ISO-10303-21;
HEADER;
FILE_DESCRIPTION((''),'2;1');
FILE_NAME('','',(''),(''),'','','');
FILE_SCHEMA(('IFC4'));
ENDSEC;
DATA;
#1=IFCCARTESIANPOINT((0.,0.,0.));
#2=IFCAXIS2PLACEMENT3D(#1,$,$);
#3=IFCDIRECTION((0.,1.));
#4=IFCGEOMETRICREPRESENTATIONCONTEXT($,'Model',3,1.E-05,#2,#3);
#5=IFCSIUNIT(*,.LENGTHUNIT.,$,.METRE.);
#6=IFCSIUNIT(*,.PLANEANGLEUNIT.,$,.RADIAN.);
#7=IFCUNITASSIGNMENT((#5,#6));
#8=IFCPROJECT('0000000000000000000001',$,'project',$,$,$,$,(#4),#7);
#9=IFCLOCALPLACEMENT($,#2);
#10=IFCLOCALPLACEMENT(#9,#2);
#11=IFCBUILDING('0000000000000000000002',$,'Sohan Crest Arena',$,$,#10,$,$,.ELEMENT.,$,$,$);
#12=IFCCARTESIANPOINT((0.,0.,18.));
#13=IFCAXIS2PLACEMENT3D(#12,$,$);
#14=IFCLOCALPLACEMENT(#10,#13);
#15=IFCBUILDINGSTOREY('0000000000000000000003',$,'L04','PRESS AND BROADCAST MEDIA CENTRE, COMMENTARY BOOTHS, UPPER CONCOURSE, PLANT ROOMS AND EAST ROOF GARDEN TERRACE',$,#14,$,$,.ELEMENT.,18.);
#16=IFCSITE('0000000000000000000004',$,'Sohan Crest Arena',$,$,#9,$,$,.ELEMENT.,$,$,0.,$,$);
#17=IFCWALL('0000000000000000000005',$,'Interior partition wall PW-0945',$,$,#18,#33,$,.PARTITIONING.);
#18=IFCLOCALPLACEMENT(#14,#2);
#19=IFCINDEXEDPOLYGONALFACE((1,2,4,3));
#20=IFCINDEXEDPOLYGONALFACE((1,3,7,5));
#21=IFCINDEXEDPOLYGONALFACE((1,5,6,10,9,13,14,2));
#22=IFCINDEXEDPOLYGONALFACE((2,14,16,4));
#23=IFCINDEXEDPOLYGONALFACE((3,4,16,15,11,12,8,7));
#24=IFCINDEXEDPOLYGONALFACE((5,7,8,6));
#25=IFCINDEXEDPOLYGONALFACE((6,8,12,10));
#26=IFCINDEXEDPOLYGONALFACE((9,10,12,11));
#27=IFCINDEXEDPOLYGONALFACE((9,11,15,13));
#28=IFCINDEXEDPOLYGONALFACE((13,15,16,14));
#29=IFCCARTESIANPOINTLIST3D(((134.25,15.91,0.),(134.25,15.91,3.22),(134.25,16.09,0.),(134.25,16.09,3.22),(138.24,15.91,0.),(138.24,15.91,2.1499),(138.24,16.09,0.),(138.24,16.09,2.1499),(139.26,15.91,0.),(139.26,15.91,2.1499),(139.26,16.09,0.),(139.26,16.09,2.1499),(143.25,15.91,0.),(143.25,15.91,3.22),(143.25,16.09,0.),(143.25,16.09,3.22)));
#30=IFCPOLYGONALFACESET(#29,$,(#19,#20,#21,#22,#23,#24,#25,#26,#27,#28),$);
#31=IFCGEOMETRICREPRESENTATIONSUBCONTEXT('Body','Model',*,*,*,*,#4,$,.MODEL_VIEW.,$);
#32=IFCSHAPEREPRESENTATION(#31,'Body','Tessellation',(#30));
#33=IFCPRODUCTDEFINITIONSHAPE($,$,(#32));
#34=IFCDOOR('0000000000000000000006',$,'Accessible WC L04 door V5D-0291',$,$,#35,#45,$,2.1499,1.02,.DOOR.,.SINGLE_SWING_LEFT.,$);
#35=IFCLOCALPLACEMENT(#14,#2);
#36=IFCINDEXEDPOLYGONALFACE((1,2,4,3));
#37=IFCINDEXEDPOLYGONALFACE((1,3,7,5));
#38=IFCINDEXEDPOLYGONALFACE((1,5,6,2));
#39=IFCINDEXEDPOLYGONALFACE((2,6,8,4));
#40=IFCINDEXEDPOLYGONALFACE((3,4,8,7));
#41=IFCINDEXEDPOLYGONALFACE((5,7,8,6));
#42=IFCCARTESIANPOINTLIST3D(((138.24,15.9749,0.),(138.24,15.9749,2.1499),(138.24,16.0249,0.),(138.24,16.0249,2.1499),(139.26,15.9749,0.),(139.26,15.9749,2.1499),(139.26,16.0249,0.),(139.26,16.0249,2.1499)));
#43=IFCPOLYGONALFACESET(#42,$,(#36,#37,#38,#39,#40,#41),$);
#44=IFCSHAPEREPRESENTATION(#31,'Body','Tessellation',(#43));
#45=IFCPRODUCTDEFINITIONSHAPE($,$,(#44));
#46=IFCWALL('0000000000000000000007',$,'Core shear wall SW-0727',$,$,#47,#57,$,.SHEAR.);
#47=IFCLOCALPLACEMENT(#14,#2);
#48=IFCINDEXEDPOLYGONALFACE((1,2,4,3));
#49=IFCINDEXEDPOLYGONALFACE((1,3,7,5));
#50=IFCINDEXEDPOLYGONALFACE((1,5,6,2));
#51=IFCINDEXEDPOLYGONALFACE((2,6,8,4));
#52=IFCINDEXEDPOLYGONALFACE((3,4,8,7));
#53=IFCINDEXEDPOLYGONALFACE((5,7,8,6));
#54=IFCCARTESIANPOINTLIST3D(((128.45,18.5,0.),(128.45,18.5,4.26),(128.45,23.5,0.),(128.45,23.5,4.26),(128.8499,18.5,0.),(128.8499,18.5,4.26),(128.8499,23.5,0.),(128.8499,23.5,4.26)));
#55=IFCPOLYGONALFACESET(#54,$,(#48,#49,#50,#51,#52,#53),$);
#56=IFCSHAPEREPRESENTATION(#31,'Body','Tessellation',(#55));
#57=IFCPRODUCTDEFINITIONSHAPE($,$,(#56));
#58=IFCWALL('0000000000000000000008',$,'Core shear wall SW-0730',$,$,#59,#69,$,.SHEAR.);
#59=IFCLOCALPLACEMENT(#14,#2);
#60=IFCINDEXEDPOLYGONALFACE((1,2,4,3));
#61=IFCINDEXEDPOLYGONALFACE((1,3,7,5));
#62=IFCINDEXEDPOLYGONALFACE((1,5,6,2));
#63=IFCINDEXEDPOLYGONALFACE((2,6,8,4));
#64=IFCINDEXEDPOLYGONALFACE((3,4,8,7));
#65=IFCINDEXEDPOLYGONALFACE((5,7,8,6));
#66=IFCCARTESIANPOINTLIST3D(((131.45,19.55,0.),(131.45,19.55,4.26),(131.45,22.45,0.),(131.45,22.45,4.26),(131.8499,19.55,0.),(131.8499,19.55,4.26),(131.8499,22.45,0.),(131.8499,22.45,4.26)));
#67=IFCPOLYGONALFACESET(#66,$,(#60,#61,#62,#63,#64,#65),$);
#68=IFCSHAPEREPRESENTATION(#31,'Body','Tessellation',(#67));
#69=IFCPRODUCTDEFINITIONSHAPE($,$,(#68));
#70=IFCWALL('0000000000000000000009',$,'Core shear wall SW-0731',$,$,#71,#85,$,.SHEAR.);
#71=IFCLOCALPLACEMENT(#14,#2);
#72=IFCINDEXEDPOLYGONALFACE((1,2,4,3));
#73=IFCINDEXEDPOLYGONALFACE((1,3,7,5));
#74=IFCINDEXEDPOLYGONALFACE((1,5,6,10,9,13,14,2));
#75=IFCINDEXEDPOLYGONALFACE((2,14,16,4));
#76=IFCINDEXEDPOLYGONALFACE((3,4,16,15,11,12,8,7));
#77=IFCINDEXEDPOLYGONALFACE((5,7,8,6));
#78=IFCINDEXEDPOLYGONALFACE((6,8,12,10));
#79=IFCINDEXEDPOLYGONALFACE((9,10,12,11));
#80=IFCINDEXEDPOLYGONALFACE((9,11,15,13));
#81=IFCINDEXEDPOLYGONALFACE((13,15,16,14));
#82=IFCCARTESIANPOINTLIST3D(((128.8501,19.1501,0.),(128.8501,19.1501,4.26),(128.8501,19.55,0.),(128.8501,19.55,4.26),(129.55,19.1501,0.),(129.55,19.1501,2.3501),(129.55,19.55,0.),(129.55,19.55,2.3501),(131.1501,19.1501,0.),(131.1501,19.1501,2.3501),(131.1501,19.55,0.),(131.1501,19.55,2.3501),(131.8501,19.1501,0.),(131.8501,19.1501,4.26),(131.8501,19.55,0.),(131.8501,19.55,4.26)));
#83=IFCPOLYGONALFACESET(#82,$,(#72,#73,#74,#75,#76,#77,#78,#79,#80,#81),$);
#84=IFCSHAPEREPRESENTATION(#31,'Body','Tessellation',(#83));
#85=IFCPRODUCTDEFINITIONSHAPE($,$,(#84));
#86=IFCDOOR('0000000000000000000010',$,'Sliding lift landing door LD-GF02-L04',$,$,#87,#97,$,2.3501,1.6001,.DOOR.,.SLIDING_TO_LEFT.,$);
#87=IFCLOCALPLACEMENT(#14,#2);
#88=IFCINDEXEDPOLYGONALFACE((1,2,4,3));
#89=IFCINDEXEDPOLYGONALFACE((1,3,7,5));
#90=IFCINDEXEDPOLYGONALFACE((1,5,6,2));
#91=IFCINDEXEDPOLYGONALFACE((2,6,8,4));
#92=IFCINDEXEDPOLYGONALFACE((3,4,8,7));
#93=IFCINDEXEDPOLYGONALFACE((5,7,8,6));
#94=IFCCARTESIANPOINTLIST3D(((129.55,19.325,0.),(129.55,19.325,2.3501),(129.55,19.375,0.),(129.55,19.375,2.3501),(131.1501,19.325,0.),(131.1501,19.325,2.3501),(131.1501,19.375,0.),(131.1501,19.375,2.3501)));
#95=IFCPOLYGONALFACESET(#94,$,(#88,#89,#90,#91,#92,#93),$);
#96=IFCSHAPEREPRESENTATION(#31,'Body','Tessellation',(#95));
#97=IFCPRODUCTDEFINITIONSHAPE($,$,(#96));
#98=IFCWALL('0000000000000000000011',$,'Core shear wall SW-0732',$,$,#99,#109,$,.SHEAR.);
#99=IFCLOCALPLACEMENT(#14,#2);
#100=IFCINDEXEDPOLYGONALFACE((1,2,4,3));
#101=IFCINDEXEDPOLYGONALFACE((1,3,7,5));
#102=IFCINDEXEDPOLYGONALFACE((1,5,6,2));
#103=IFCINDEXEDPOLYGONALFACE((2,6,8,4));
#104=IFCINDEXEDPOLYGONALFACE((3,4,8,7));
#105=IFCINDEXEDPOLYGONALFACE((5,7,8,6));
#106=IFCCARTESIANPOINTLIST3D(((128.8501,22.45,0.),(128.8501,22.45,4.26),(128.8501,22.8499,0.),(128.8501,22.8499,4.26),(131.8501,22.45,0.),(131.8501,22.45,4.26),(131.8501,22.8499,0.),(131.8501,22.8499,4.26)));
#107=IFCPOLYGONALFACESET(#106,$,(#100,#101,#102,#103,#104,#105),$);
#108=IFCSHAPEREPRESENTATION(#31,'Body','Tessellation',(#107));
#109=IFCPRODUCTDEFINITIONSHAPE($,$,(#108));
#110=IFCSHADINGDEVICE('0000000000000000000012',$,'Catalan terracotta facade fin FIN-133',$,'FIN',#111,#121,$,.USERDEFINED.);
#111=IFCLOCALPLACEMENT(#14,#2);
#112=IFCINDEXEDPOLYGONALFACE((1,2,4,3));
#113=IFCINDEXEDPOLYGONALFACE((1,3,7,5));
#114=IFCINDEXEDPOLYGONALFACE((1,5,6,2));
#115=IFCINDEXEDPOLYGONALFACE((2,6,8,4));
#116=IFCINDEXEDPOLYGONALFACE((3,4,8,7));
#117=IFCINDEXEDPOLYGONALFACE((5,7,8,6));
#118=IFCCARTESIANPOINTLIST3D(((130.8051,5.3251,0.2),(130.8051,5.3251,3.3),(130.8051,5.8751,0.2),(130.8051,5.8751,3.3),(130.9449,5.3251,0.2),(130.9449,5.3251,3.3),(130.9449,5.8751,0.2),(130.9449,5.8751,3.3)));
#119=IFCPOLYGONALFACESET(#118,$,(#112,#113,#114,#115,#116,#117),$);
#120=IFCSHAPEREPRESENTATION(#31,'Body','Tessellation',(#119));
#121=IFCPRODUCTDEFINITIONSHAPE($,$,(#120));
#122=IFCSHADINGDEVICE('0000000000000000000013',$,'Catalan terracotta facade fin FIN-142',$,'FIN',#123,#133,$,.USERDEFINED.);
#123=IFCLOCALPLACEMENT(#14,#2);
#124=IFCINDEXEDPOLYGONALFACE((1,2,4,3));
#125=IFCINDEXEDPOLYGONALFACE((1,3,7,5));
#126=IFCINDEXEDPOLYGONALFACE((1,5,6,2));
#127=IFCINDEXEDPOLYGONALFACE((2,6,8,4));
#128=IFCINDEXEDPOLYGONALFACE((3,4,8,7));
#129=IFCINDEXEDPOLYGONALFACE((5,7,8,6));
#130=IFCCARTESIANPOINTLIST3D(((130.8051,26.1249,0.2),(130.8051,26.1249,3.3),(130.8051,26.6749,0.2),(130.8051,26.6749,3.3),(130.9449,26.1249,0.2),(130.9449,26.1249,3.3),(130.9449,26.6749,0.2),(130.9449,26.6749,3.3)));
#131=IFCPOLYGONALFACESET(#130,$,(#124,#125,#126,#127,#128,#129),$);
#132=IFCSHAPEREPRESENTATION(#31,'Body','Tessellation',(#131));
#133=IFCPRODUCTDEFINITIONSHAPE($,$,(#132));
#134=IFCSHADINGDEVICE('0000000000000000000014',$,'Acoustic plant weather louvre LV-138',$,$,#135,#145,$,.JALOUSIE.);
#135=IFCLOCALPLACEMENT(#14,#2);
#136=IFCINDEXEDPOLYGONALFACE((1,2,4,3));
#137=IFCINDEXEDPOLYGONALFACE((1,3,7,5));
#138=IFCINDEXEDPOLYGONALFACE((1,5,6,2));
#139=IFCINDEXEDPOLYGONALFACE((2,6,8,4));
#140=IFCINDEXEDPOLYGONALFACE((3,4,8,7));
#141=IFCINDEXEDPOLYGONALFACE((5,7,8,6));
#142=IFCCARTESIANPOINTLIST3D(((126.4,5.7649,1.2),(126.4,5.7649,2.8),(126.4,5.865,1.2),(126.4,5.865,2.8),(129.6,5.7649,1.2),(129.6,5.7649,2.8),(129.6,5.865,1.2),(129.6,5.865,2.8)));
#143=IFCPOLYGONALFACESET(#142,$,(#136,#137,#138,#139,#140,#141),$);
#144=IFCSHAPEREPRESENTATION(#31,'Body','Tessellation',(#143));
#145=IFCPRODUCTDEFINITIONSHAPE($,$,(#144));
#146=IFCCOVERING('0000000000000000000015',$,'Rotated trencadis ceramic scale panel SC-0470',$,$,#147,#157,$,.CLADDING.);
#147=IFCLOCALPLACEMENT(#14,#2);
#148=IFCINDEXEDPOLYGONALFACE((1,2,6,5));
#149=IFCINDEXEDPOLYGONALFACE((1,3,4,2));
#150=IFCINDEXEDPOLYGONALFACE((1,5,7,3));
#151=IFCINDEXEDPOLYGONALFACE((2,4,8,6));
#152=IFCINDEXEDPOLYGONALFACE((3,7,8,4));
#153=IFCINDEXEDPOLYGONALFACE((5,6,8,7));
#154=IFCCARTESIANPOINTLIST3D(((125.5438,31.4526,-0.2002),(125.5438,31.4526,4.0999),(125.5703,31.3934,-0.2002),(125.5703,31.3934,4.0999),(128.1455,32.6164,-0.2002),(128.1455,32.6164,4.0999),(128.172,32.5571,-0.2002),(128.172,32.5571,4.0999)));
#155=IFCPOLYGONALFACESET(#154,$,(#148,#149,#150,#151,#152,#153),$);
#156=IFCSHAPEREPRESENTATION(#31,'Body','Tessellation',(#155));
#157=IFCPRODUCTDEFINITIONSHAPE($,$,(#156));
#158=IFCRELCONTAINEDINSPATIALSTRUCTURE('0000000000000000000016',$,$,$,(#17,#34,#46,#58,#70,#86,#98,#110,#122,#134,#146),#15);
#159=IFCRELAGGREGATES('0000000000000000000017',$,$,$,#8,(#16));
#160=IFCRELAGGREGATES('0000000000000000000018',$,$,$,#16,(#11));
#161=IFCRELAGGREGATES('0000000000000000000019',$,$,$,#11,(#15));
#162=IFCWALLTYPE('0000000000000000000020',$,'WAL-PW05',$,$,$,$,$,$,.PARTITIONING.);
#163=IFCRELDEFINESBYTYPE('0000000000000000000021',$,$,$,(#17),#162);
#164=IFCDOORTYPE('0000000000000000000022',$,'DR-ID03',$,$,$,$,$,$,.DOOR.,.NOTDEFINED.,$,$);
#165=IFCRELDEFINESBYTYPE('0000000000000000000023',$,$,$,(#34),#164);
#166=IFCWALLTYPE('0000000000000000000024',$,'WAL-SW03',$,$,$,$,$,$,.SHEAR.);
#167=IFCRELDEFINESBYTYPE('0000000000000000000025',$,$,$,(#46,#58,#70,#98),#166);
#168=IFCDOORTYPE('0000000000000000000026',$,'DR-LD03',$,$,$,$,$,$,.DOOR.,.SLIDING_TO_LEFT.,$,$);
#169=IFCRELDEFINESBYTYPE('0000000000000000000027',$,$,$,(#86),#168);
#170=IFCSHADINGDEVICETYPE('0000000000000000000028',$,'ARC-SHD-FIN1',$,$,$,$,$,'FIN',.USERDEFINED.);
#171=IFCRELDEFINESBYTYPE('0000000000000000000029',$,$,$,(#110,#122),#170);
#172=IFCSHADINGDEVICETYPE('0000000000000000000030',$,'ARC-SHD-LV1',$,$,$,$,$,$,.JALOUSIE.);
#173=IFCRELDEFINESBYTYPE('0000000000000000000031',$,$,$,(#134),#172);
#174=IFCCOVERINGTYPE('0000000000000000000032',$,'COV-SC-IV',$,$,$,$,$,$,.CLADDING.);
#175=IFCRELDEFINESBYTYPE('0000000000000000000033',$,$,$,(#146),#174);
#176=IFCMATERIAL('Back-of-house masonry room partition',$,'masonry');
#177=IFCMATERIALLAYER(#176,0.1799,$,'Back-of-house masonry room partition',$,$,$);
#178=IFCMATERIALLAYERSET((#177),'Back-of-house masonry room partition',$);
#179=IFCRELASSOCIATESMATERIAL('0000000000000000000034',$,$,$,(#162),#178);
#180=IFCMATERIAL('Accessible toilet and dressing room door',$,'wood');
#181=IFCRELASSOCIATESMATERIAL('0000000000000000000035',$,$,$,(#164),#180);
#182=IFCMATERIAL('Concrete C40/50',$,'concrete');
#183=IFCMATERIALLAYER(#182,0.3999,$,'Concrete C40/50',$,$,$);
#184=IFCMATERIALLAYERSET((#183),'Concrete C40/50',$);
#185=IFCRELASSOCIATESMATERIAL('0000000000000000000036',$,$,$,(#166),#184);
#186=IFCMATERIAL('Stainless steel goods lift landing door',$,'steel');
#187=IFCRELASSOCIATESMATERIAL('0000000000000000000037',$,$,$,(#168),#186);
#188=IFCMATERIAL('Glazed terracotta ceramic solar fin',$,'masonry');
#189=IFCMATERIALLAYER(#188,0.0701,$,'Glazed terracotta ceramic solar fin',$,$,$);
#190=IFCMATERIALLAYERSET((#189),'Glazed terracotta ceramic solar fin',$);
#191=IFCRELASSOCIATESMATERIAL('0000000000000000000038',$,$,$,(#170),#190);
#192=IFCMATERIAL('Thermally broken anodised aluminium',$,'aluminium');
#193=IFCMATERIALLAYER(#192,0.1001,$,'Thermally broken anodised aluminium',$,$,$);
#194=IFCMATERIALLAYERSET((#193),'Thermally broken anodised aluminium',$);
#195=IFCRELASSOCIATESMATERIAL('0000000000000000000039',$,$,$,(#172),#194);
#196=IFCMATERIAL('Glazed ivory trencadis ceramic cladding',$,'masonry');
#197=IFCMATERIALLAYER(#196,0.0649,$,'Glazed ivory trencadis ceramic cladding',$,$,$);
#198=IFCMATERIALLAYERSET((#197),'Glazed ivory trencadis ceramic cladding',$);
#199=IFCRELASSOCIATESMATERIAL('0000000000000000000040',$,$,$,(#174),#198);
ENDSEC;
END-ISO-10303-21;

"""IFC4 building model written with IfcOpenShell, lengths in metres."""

from ifc_helpers import new_model, si_unit, direction, frame, frame_2d, origin, origin_2d, place, context, subcontext, project, spatial, rectangle, extrude, material, layer, layer_set, type_object, element, fill, save


model = new_model("IFC4")

# Units and contexts
model_context = context("Model", 3, precision=1e-05, world=origin(), true_north=direction((0.0, 1.0)))
body_context = subcontext(model_context, "Body", "Model", "MODEL_VIEW")
ifc_project = project(units=[si_unit("LENGTHUNIT", "METRE"), si_unit("PLANEANGLEUNIT", "RADIAN")], contexts=[model_context])

# Site, building, storey
site_placement = place(None, origin())
site = spatial("IfcSite", under=ifc_project, at=site_placement, Name="Sohan Crest Arena", CompositionType="ELEMENT", RefElevation=0.0)
building_placement = place(site_placement, origin())
building = spatial("IfcBuilding", under=site, at=building_placement, Name="Sohan Crest Arena", CompositionType="ELEMENT")
storey_placement = place(building_placement, frame((0.0, 0.0, 18.0)))
storey = spatial("IfcBuildingStorey", under=building, at=storey_placement, Name="L04", Description="PRESS AND BROADCAST MEDIA CENTRE, COMMENTARY BOOTHS, UPPER CONCOURSE, PLANT ROOMS AND EAST ROOF GARDEN TERRACE", CompositionType="ELEMENT", Elevation=18.0)

# Shared definitions
ifc_material_1 = material(Name="Back-of-house masonry room partition", Category="masonry")
ifc_layer_1 = layer(ifc_material_1, 0.1799, Name="Back-of-house masonry room partition")
ifc_layer_set_1 = layer_set([ifc_layer_1], Name="Back-of-house masonry room partition")
wall_type_1 = type_object("IfcWallType", Name="WAL-PW05", PredefinedType="PARTITIONING", material=ifc_layer_set_1)

# Wall, opening, door
wall_1_placement = place(storey_placement, frame((134.25, 16.0, 0.0), z_axis=(0.0, 0.0, 1.0), x_axis=(1.0, 0.0, 0.0)))
wall_1 = element("IfcWall", 1, at=wall_1_placement, inside=storey, type_object=wall_type_1, Name="Interior partition wall PW-0945", PredefinedType="PARTITIONING", context=body_context, shape_type="SweptSolid", body=[
    extrude(rectangle(XDim=9.0, YDim=0.1799, at=frame_2d((4.5, 0.0))), origin(), (0.0, 0.0, 1.0), 3.22),
])
opening_1_placement = place(wall_1_placement, frame((3.99, 0.0, 0.0)))
opening_1 = element("IfcOpeningElement", 2, at=opening_1_placement, cuts=wall_1, PredefinedType="OPENING", context=body_context, shape_type="SweptSolid", body=[
    extrude(rectangle(XDim=1.02, YDim=2.1499, at=frame_2d((0.51, 1.075))), frame((0.0, 0.0999, 0.0), z_axis=(0.0, -1.0, 0.0), x_axis=(1.0, 0.0, 0.0)), (0.0, 0.0, 1.0), 0.2),
])
ifc_material_2 = material(Name="Accessible toilet and dressing room door", Category="wood")
door_type_1 = type_object("IfcDoorType", Name="DR-ID03", OperationType="NOTDEFINED", PredefinedType="DOOR", material=ifc_material_2)
door_1_placement = place(opening_1_placement, origin())
door_1 = element("IfcDoor", 3, at=door_1_placement, inside=storey, type_object=door_type_1, Name="Accessible WC L04 door V5D-0291", OperationType="SINGLE_SWING_LEFT", OverallHeight=2.1499, OverallWidth=1.02, PredefinedType="DOOR", context=body_context, shape_type="SweptSolid", body=[
    extrude(rectangle(XDim=1.02, YDim=2.1499, at=frame_2d((0.51, 1.075))), frame((0.0, 0.0249, 0.0), z_axis=(0.0, -1.0, 0.0), x_axis=(1.0, 0.0, 0.0)), (0.0, 0.0, 1.0), 0.05),
])
fill(opening_1, door_1)

# Walls
ifc_material_3 = material(Name="Concrete C40/50", Category="concrete")
ifc_layer_2 = layer(ifc_material_3, 0.3999, Name="Concrete C40/50")
ifc_layer_set_2 = layer_set([ifc_layer_2], Name="Concrete C40/50")
wall_type_2 = type_object("IfcWallType", Name="WAL-SW03", PredefinedType="SHEAR", material=ifc_layer_set_2)
wall_2_placement = place(storey_placement, frame((128.6499, 18.5, 0.0), z_axis=(0.0, 0.0, 1.0), x_axis=(0.0, 1.0, 0.0)))
element("IfcWall", 4, at=wall_2_placement, inside=storey, type_object=wall_type_2, Name="Core shear wall SW-0727", PredefinedType="SHEAR", context=body_context, shape_type="SweptSolid", body=[
    extrude(rectangle(XDim=5.0, YDim=0.3999, at=frame_2d((2.5, 0.0))), origin(), (0.0, 0.0, 1.0), 4.26),
])
wall_3_placement = place(storey_placement, frame((131.6499, 19.55, 0.0), z_axis=(0.0, 0.0, 1.0), x_axis=(0.0, 1.0, 0.0)))
element("IfcWall", 5, at=wall_3_placement, inside=storey, type_object=wall_type_2, Name="Core shear wall SW-0730", PredefinedType="SHEAR", context=body_context, shape_type="SweptSolid", body=[
    extrude(rectangle(XDim=2.8999, YDim=0.3999, at=frame_2d((1.45, 0.0))), origin(), (0.0, 0.0, 1.0), 4.26),
])

# Wall, opening, door
wall_4_placement = place(storey_placement, frame((128.8501, 19.3501, 0.0), z_axis=(0.0, 0.0, 1.0), x_axis=(1.0, 0.0, 0.0)))
wall_4 = element("IfcWall", 6, at=wall_4_placement, inside=storey, type_object=wall_type_2, Name="Core shear wall SW-0731", PredefinedType="SHEAR", context=body_context, shape_type="SweptSolid", body=[
    extrude(rectangle(XDim=3.0, YDim=0.3999, at=frame_2d((1.5, 0.0))), origin(), (0.0, 0.0, 1.0), 4.26),
])
opening_2_placement = place(wall_4_placement, frame((0.7, 0.0, 0.0)))
opening_2 = element("IfcOpeningElement", 7, at=opening_2_placement, cuts=wall_4, PredefinedType="OPENING", context=body_context, shape_type="SweptSolid", body=[
    extrude(rectangle(XDim=1.6001, YDim=2.3501, at=frame_2d((0.8, 1.175))), frame((0.0, 0.21, 0.0), z_axis=(0.0, -1.0, 0.0), x_axis=(1.0, 0.0, 0.0)), (0.0, 0.0, 1.0), 0.4199),
])
ifc_material_4 = material(Name="Stainless steel goods lift landing door", Category="steel")
door_type_2 = type_object("IfcDoorType", Name="DR-LD03", OperationType="SLIDING_TO_LEFT", PredefinedType="DOOR", material=ifc_material_4)
door_2_placement = place(opening_2_placement, origin())
door_2 = element("IfcDoor", 8, at=door_2_placement, inside=storey, type_object=door_type_2, Name="Sliding lift landing door LD-GF02-L04", OperationType="SLIDING_TO_LEFT", OverallHeight=2.3501, OverallWidth=1.6001, PredefinedType="DOOR", context=body_context, shape_type="SweptSolid", body=[
    extrude(rectangle(XDim=1.6001, YDim=2.3501, at=frame_2d((0.8, 1.175))), frame((0.0, 0.0249, 0.0), z_axis=(0.0, -1.0, 0.0), x_axis=(1.0, 0.0, 0.0)), (0.0, 0.0, 1.0), 0.05),
])
fill(opening_2, door_2)

# Wall
wall_5_placement = place(storey_placement, frame((128.8501, 22.6499, 0.0), z_axis=(0.0, 0.0, 1.0), x_axis=(1.0, 0.0, 0.0)))
element("IfcWall", 9, at=wall_5_placement, inside=storey, type_object=wall_type_2, Name="Core shear wall SW-0732", PredefinedType="SHEAR", context=body_context, shape_type="SweptSolid", body=[
    extrude(rectangle(XDim=3.0, YDim=0.3999, at=frame_2d((1.5, 0.0))), origin(), (0.0, 0.0, 1.0), 4.26),
])

# Shading devices
ifc_material_5 = material(Name="Glazed terracotta ceramic solar fin", Category="masonry")
ifc_layer_3 = layer(ifc_material_5, 0.0701, Name="Glazed terracotta ceramic solar fin")
ifc_layer_set_3 = layer_set([ifc_layer_3], Name="Glazed terracotta ceramic solar fin")
shading_device_type_1 = type_object("IfcShadingDeviceType", Name="ARC-SHD-FIN1", ElementType="FIN", PredefinedType="USERDEFINED", material=ifc_layer_set_3)
for number, where, z_axis, x_axis, name in (
    (10, (130.875, 5.6001, 0.2), (0.0, 0.0, 1.0), (1.0, 0.0, 0.0), "Catalan terracotta facade fin FIN-133"),
    (11, (130.875, 26.3999, 0.2), (0.0, 0.0, 1.0), (-1.0, 0.0, 0.0), "Catalan terracotta facade fin FIN-142"),
):
    element("IfcShadingDevice", number, at=place(storey_placement, frame(where, z_axis=z_axis, x_axis=x_axis)), inside=storey, type_object=shading_device_type_1, Name=name, ObjectType="FIN", PredefinedType="USERDEFINED", context=body_context, shape_type="SweptSolid", body=[
        extrude(rectangle(XDim=0.1399, YDim=0.55, at=origin_2d()), origin(), (0.0, 0.0, 1.0), 3.1001),
    ])
ifc_material_6 = material(Name="Thermally broken anodised aluminium", Category="aluminium")
ifc_layer_4 = layer(ifc_material_6, 0.1001, Name="Thermally broken anodised aluminium")
ifc_layer_set_4 = layer_set([ifc_layer_4], Name="Thermally broken anodised aluminium")
shading_device_type_2 = type_object("IfcShadingDeviceType", Name="ARC-SHD-LV1", PredefinedType="JALOUSIE", material=ifc_layer_set_4)
shading_device_placement = place(storey_placement, frame((128.0, 5.8149, 1.2), z_axis=(0.0, 0.0, 1.0), x_axis=(1.0, 0.0, 0.0)))
element("IfcShadingDevice", 12, at=shading_device_placement, inside=storey, type_object=shading_device_type_2, Name="Acoustic plant weather louvre LV-138", PredefinedType="JALOUSIE", context=body_context, shape_type="SweptSolid", body=[
    extrude(rectangle(XDim=3.2, YDim=0.1001, at=origin_2d()), origin(), (0.0, 0.0, 1.0), 1.6001),
])

# Covering
ifc_material_7 = material(Name="Glazed ivory trencadis ceramic cladding", Category="masonry")
ifc_layer_5 = layer(ifc_material_7, 0.0649, Name="Glazed ivory trencadis ceramic cladding")
ifc_layer_set_5 = layer_set([ifc_layer_5], Name="Glazed ivory trencadis ceramic cladding")
covering_type = type_object("IfcCoveringType", Name="COV-SC-IV", PredefinedType="CLADDING", material=ifc_layer_set_5)
covering_placement = place(storey_placement, frame((126.8579, 32.0049, -0.2002), z_axis=(0.0, 0.0, 1.0), x_axis=(0.912834, 0.40833, 0.0)))
element("IfcCovering", 13, at=covering_placement, inside=storey, type_object=covering_type, Name="Rotated trencadis ceramic scale panel SC-0470", PredefinedType="CLADDING", context=body_context, shape_type="SweptSolid", body=[
    extrude(rectangle(XDim=2.8501, YDim=0.0649, at=origin_2d()), origin(), (0.0, 0.0, 1.0), 4.3),
])

save(model, "model.ifc")
